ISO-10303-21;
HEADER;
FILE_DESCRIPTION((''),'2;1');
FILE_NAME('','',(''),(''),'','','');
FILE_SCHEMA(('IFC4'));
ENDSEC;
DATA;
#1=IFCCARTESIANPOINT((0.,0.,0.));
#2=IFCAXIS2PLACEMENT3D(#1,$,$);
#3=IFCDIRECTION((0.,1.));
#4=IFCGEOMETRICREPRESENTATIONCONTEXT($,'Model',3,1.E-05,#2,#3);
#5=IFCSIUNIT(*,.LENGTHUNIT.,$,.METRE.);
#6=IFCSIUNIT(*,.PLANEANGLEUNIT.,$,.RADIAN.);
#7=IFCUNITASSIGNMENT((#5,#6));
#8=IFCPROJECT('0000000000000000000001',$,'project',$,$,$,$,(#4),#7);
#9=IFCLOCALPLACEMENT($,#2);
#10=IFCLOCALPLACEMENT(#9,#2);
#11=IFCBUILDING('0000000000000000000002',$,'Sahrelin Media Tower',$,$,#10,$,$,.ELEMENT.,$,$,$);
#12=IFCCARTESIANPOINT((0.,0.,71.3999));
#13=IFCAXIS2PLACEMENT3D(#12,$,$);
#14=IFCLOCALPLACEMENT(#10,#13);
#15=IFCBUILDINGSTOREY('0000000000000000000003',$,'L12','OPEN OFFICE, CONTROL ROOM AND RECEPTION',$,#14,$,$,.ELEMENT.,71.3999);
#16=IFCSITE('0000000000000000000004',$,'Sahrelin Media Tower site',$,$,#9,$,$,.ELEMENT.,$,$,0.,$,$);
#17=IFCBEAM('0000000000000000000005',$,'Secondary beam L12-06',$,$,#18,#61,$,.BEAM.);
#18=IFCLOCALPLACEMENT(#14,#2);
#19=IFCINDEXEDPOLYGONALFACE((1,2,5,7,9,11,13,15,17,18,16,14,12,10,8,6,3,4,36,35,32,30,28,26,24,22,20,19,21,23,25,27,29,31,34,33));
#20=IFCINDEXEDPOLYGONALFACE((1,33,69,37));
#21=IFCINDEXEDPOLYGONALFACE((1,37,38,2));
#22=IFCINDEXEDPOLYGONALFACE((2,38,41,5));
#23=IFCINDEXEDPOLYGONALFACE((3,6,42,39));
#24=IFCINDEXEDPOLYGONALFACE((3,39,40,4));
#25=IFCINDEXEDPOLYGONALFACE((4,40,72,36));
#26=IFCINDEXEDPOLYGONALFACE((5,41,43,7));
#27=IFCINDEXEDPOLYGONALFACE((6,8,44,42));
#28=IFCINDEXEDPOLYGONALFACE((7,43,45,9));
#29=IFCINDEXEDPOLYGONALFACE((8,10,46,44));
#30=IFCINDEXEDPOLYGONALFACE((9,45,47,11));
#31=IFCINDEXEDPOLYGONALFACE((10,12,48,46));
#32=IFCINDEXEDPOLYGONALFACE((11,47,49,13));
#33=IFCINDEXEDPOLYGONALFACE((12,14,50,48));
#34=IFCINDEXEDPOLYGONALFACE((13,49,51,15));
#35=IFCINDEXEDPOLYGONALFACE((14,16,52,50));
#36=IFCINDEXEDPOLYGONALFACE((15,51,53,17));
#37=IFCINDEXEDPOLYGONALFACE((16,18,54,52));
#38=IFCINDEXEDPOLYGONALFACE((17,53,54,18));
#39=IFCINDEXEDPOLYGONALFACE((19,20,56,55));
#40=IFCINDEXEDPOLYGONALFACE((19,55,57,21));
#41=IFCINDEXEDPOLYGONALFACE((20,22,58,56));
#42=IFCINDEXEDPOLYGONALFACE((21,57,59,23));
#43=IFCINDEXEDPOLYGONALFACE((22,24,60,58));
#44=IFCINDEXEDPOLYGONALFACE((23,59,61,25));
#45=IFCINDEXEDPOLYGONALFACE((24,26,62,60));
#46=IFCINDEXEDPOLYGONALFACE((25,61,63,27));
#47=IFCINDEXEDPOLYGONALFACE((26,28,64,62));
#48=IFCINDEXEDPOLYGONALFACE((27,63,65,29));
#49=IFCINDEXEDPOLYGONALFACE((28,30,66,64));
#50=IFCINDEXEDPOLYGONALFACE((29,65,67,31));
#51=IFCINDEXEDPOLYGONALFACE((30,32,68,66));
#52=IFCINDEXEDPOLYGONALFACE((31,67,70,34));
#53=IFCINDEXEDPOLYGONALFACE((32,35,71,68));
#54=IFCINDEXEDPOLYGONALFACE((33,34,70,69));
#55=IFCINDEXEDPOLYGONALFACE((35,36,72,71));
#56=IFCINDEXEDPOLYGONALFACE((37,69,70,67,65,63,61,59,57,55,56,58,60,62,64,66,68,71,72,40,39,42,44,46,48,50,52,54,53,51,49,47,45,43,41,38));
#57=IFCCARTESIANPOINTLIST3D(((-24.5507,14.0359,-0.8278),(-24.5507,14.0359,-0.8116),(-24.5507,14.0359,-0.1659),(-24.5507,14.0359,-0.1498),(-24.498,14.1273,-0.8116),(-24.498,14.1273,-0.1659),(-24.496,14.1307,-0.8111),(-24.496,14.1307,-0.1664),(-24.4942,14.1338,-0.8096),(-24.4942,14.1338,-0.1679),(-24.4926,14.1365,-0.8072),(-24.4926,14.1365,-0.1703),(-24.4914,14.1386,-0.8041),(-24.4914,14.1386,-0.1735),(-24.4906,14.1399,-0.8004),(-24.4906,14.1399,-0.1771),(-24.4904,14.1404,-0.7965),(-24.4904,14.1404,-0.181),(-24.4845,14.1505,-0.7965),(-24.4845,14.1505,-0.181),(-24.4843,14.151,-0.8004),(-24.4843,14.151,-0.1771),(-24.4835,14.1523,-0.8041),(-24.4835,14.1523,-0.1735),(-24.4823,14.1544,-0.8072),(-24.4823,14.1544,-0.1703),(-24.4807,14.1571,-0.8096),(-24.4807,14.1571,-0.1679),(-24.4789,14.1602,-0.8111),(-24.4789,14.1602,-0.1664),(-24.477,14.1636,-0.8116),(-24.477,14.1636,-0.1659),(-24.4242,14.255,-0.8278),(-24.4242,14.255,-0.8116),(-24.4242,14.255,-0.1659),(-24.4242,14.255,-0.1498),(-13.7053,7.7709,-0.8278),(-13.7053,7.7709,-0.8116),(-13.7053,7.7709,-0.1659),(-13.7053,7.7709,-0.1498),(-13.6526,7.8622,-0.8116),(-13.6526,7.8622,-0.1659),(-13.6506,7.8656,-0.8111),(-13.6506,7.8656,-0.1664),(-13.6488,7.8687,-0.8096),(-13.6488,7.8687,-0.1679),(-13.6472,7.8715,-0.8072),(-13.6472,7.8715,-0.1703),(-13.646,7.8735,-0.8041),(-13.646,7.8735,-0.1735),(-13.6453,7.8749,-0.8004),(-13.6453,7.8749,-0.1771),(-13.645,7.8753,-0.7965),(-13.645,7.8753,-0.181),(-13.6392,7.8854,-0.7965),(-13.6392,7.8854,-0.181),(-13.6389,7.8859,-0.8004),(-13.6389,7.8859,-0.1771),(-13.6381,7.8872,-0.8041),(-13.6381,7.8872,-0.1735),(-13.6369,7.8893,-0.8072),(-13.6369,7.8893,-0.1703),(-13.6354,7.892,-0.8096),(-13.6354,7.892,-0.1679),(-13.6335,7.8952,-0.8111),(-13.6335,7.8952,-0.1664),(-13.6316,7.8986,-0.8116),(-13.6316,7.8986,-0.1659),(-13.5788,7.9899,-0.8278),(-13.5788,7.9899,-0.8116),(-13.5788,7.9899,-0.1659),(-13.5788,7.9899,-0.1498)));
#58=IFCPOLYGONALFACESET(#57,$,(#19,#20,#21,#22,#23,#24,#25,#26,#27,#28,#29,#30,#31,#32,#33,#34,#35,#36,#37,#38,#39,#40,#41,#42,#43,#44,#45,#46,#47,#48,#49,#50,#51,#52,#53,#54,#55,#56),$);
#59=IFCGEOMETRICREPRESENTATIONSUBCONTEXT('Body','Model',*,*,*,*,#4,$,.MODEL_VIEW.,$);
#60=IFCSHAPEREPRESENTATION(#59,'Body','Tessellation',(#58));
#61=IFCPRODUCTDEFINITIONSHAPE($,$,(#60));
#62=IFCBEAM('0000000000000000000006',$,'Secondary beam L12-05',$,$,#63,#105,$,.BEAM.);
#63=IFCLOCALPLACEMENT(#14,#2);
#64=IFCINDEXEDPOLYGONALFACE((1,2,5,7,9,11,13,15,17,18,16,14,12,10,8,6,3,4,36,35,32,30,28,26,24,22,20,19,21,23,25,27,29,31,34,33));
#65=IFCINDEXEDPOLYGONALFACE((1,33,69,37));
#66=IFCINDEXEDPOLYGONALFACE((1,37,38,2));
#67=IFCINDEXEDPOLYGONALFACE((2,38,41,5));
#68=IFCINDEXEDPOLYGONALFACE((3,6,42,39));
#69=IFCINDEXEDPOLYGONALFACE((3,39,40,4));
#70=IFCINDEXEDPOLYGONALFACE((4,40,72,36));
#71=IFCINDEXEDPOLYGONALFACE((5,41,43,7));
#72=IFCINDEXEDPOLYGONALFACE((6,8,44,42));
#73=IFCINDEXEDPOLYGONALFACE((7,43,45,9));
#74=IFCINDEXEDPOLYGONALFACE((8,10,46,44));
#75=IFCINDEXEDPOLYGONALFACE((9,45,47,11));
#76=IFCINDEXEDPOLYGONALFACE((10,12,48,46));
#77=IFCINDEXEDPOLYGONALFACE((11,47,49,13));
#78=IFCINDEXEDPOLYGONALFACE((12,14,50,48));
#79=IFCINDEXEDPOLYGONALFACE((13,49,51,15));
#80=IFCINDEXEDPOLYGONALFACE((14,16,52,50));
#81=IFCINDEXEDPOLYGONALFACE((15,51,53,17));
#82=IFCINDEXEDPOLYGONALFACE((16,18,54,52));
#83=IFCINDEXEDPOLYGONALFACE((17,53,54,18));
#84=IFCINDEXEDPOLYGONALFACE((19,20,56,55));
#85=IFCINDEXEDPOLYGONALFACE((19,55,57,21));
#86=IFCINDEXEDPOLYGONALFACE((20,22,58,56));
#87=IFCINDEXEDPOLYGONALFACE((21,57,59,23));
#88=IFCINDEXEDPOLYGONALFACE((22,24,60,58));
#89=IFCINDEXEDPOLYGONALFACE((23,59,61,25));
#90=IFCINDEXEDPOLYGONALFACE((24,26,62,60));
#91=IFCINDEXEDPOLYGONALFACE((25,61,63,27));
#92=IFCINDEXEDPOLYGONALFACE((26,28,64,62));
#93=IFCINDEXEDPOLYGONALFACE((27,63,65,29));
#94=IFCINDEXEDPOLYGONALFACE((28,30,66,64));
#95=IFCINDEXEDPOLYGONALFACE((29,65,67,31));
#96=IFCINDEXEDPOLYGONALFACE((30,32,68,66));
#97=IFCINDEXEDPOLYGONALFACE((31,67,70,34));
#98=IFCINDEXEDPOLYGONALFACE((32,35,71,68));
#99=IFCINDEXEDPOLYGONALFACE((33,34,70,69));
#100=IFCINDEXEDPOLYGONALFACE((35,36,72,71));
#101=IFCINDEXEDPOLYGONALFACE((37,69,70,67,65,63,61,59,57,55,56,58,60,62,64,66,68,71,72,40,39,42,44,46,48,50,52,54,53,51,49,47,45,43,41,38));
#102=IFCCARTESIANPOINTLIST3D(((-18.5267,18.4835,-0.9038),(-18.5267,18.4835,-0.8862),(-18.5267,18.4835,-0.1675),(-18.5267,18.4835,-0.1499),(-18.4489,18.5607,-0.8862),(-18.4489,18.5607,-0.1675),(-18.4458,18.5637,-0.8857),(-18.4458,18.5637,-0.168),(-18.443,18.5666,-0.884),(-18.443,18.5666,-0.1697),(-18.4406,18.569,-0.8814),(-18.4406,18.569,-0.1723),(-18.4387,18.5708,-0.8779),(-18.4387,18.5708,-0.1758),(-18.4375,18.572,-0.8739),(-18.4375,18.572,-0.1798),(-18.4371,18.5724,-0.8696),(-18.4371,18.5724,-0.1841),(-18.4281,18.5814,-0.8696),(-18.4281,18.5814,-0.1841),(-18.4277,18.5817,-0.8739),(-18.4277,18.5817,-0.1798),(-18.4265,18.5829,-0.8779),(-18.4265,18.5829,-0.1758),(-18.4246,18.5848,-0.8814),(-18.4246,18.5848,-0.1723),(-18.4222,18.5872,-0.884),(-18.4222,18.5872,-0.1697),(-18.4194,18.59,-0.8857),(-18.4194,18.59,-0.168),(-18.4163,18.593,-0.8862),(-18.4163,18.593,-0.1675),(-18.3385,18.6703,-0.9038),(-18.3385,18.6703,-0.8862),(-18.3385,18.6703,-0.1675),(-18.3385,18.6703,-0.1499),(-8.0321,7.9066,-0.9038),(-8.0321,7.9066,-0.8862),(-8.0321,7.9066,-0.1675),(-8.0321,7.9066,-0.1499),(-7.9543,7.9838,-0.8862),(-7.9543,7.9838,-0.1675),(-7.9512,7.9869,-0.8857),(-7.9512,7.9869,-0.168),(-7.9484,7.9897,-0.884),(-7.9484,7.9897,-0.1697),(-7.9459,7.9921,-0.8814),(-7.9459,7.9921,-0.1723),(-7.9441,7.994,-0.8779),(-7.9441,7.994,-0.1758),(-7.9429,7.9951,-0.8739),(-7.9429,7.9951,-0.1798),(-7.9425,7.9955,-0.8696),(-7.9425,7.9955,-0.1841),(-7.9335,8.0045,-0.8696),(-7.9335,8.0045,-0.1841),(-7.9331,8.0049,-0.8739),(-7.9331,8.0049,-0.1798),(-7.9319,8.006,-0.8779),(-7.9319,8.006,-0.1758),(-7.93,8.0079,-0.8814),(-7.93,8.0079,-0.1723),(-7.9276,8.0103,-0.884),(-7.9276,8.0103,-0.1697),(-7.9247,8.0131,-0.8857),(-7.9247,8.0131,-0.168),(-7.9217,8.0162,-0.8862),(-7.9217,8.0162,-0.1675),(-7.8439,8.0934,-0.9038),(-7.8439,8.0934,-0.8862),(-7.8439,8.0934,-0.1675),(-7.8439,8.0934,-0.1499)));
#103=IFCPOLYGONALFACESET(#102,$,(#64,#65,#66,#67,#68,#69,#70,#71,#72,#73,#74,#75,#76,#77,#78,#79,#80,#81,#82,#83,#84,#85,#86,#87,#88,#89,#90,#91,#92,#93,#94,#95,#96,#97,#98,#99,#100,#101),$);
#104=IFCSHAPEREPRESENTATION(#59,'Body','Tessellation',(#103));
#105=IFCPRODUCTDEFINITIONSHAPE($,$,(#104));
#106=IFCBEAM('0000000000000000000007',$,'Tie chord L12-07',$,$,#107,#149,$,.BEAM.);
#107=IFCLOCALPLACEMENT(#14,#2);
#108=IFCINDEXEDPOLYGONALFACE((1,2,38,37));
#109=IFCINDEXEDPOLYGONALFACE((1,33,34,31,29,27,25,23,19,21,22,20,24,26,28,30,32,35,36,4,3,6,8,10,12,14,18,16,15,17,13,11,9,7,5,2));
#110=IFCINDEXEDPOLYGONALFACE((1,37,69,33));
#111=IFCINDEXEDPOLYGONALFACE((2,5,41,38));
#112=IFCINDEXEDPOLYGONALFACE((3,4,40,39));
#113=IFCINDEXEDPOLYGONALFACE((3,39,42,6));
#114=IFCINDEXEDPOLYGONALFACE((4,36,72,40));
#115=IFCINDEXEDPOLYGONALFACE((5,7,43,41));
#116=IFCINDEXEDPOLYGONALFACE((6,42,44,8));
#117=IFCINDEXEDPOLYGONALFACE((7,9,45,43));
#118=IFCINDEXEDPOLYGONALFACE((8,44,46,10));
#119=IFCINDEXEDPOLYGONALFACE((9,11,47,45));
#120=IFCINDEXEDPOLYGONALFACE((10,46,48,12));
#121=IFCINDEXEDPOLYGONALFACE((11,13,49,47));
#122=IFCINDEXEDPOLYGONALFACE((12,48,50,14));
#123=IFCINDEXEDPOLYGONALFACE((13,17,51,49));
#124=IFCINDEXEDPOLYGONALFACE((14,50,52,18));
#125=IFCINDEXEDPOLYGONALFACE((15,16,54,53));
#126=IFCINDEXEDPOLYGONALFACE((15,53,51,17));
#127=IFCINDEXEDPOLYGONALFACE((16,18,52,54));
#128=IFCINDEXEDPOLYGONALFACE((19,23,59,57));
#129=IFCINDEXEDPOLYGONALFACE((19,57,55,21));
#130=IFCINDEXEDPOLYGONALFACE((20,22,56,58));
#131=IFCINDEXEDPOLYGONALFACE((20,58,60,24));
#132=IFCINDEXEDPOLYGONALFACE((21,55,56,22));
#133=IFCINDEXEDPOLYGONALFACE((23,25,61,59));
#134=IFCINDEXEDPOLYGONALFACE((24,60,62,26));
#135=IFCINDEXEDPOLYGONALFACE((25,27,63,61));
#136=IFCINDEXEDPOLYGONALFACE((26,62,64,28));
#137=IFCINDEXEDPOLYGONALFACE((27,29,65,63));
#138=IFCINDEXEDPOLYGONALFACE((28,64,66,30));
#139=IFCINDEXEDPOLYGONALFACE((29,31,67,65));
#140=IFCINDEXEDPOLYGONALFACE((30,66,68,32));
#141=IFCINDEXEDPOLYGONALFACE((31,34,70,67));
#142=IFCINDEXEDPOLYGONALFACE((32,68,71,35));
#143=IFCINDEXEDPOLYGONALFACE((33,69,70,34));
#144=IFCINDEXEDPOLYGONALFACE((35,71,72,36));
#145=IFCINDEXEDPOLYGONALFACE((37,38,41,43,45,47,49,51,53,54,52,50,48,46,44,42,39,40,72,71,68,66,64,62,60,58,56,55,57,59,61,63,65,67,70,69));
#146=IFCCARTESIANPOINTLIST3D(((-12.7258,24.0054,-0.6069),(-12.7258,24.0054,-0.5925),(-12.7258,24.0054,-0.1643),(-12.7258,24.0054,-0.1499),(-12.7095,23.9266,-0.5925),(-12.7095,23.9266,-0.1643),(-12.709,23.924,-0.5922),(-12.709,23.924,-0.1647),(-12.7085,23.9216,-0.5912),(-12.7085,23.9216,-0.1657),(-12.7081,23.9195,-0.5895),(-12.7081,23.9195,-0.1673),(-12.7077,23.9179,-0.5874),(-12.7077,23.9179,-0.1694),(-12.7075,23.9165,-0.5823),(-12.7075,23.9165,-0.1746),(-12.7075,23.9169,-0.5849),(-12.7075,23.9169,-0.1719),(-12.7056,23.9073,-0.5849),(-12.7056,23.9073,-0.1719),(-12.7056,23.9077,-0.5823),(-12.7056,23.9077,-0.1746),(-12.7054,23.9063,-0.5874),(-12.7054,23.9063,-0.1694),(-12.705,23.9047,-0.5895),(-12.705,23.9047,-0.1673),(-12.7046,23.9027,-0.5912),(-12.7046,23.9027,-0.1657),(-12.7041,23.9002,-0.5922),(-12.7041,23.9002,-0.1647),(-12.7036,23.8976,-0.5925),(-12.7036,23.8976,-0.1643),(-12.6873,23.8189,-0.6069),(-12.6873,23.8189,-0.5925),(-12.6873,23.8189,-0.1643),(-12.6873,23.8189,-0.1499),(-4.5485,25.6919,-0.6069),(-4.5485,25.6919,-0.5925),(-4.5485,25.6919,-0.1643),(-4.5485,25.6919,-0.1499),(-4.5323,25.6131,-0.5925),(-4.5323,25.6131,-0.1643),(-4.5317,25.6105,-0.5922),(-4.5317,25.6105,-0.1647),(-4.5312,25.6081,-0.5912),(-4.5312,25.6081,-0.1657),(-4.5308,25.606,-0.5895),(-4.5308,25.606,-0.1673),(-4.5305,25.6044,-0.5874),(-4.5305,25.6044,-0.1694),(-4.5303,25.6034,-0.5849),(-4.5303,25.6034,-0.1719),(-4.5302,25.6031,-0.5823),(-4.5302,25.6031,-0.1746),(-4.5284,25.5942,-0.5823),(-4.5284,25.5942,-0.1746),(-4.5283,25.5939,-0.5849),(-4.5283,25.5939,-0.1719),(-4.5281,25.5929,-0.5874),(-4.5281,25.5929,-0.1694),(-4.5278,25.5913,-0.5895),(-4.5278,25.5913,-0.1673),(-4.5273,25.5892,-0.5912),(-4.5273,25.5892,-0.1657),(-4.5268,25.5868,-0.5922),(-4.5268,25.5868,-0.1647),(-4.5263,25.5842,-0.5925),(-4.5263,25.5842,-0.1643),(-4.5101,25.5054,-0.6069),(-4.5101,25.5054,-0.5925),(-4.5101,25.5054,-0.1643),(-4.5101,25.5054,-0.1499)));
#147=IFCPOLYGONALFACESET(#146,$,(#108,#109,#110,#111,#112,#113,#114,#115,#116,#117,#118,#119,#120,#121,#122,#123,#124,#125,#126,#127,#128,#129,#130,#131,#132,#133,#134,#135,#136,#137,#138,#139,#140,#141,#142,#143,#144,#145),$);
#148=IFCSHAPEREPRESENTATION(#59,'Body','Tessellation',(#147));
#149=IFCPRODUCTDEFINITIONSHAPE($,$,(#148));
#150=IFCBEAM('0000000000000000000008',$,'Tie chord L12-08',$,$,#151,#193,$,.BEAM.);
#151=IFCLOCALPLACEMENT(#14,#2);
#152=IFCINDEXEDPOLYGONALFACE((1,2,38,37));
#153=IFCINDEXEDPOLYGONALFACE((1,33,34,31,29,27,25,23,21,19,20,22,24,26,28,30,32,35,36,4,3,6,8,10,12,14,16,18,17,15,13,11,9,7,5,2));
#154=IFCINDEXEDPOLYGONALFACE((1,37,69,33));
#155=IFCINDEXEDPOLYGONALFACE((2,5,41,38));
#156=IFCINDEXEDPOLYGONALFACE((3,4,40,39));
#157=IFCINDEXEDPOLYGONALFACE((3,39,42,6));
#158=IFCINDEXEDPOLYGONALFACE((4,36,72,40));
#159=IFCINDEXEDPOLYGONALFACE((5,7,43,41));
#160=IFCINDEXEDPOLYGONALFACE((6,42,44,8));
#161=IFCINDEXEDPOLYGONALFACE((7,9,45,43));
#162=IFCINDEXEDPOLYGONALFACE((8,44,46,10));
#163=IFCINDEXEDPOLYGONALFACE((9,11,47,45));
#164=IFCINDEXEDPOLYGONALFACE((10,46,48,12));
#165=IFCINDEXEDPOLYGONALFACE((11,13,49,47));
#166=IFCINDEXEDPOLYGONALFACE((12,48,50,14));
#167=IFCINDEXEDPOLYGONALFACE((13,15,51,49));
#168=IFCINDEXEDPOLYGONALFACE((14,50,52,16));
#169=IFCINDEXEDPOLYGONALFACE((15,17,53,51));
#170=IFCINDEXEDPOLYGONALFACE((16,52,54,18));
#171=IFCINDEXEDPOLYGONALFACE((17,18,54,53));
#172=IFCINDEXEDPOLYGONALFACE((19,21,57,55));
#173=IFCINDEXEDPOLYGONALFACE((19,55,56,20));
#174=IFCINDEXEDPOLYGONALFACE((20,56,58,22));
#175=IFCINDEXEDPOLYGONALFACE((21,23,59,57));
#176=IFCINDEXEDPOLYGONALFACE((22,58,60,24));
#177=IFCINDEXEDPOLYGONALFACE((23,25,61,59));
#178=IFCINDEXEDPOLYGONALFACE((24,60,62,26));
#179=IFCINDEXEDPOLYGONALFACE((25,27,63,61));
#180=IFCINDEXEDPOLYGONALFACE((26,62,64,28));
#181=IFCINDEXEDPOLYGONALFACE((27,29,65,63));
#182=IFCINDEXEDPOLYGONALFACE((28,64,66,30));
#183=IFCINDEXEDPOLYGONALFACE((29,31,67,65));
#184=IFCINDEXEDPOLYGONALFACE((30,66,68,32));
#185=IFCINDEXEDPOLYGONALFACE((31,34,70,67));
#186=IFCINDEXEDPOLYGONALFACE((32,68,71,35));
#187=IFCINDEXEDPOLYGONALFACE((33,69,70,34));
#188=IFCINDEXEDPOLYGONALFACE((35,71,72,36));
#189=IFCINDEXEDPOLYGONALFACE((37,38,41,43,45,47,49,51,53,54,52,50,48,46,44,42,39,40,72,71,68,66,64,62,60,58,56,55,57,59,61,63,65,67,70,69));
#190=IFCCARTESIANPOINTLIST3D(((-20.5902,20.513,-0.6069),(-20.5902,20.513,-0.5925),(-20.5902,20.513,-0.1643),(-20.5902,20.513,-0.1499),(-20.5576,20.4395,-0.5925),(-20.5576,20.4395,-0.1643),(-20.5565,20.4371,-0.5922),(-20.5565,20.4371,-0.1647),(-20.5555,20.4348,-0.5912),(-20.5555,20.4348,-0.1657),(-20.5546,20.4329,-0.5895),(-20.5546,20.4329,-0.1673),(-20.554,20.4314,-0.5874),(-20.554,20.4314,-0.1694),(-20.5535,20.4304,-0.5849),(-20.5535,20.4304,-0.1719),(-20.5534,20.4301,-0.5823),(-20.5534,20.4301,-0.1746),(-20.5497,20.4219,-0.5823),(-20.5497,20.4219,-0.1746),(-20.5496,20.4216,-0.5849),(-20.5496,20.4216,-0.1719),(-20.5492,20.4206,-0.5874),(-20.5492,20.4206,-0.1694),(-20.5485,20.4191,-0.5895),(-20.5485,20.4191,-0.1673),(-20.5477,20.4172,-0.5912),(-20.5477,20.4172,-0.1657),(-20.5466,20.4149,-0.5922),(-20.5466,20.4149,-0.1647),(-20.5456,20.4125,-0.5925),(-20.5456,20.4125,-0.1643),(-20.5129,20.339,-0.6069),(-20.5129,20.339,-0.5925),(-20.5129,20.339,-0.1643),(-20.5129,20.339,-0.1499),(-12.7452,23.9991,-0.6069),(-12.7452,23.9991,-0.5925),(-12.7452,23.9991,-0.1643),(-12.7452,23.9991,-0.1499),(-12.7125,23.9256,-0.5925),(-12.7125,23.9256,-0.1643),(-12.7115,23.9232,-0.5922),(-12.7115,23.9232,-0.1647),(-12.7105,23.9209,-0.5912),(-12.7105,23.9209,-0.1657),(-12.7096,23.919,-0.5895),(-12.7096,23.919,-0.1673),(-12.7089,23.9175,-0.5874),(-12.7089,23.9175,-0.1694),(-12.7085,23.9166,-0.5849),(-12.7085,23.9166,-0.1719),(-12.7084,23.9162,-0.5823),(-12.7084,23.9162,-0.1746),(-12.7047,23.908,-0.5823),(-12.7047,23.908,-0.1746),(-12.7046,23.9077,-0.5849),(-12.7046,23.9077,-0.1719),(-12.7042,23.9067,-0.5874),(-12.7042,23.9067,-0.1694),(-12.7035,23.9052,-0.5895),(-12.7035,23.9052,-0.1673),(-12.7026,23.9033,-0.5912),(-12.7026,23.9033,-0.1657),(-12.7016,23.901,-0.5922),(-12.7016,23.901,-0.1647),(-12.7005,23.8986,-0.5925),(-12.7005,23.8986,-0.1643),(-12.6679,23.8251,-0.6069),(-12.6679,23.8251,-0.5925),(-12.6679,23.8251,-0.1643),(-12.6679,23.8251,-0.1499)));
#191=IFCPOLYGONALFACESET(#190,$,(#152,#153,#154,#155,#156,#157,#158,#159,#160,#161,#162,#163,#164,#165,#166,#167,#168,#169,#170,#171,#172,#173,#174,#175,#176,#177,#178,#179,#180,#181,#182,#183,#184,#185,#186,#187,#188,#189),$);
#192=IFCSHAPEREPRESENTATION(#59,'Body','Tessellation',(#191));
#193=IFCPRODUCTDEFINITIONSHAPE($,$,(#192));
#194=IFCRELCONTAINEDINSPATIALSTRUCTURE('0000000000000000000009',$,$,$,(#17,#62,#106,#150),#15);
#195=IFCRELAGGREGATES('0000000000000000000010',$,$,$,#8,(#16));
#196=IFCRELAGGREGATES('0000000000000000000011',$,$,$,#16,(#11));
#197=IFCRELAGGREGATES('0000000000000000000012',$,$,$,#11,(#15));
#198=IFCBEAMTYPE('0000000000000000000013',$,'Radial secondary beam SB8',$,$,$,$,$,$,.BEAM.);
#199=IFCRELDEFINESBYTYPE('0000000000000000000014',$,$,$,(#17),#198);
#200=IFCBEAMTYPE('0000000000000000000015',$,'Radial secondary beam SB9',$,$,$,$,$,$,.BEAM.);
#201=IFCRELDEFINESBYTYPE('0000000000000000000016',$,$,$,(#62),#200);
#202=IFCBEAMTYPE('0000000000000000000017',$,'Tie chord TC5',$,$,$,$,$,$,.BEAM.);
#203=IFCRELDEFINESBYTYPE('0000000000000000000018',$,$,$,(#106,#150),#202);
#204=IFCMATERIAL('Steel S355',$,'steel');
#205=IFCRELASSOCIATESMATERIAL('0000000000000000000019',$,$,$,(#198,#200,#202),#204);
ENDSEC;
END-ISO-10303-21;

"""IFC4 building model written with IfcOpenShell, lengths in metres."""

from ifc_helpers import new_model, si_unit, direction, frame, origin, origin_2d, place, context, subcontext, project, spatial, i_section, extrude, material, material_profile, profile_set, type_object, element, save


model = new_model("IFC4")

# Units and contexts
model_context = context("Model", 3, precision=1e-05, world=origin(), true_north=direction((0.0, 1.0)))
body_context = subcontext(model_context, "Body", "Model", "MODEL_VIEW")
ifc_project = project(units=[si_unit("LENGTHUNIT", "METRE"), si_unit("PLANEANGLEUNIT", "RADIAN")], contexts=[model_context])

# Site, building, storey
site_placement = place(None, origin())
site = spatial("IfcSite", under=ifc_project, at=site_placement, Name="Sahrelin Media Tower site", CompositionType="ELEMENT", RefElevation=0.0)
building_placement = place(site_placement, origin())
building = spatial("IfcBuilding", under=site, at=building_placement, Name="Sahrelin Media Tower", CompositionType="ELEMENT")
storey_placement = place(building_placement, frame((0.0, 0.0, 71.3999)))
storey = spatial("IfcBuildingStorey", under=building, at=storey_placement, Name="L12", Description="OPEN OFFICE, CONTROL ROOM AND RECEPTION", CompositionType="ELEMENT", Elevation=71.3999)

# Shared definitions
ifc_material_1 = material(Name="Steel S355", Category="steel")

# Beams
ifc_material_profile_1 = material_profile(ifc_material_1, i_section(OverallWidth=0.2529, OverallDepth=0.678, WebThickness=0.0117, FlangeThickness=0.0161, FilletRadius=0.0151, at=origin_2d()), Name="UB 686x254x125")
ifc_profile_set_1 = profile_set([ifc_material_profile_1], Name="Steel S355")
beam_type_1 = type_object("IfcBeamType", Name="Radial secondary beam SB8", PredefinedType="BEAM", material=ifc_profile_set_1)
beam_1_placement = place(storey_placement, frame((-13.6421, 7.8804, -0.4888), z_axis=(-0.865904, 0.50021, 0.0), x_axis=(-0.50021, -0.865904, 0.0)))
element("IfcBeam", 1, at=beam_1_placement, inside=storey, type_object=beam_type_1, Name="Secondary beam L12-06", PredefinedType="BEAM", context=body_context, shape_type="SweptSolid", body=[
    extrude(i_section(OverallWidth=0.2529, OverallDepth=0.678, WebThickness=0.0117, FlangeThickness=0.0161, FilletRadius=0.0151, at=origin_2d()), origin(), (0.0, 0.0, 1.0), 12.5249),
])
ifc_material_profile_2 = material_profile(ifc_material_1, i_section(OverallWidth=0.2651, OverallDepth=0.7539, WebThickness=0.0127, FlangeThickness=0.0176, FilletRadius=0.0166, at=origin_2d()), Name="UB 762x267x147")
ifc_profile_set_2 = profile_set([ifc_material_profile_2], Name="Steel S355")
beam_type_2 = type_object("IfcBeamType", Name="Radial secondary beam SB9", PredefinedType="BEAM", material=ifc_profile_set_2)
beam_2_placement = place(storey_placement, frame((-7.938, 8.0, -0.5269), z_axis=(-0.70434, 0.709862, 0.0), x_axis=(-0.709862, -0.70434, 0.0)))
element("IfcBeam", 2, at=beam_2_placement, inside=storey, type_object=beam_type_2, Name="Secondary beam L12-05", PredefinedType="BEAM", context=body_context, shape_type="SweptSolid", body=[
    extrude(i_section(OverallWidth=0.2651, OverallDepth=0.7539, WebThickness=0.0127, FlangeThickness=0.0176, FilletRadius=0.0166, at=origin_2d()), origin(), (0.0, 0.0, 1.0), 14.8999),
])
ifc_material_profile_3 = material_profile(ifc_material_1, i_section(OverallWidth=0.1904, OverallDepth=0.457, WebThickness=0.009, FlangeThickness=0.0144, FilletRadius=0.0103, at=origin_2d()), Name="UB 457x191x74")
ifc_profile_set_3 = profile_set([ifc_material_profile_3], Name="Steel S355")
beam_type_3 = type_object("IfcBeamType", Name="Tie chord TC5", PredefinedType="BEAM", material=ifc_profile_set_3)
beam_3_placement = place(storey_placement, frame((-4.5293, 25.5986, -0.3784), z_axis=(-0.979387, -0.201994, 0.0), x_axis=(0.201994, -0.979387, 0.0)))
element("IfcBeam", 3, at=beam_3_placement, inside=storey, type_object=beam_type_3, Name="Tie chord L12-07", PredefinedType="BEAM", context=body_context, shape_type="SweptSolid", body=[
    extrude(i_section(OverallWidth=0.1904, OverallDepth=0.457, WebThickness=0.009, FlangeThickness=0.0144, FilletRadius=0.0103, at=origin_2d()), origin(), (0.0, 0.0, 1.0), 8.3494),
])
beam_4_placement = place(storey_placement, frame((-12.7065, 23.9121, -0.3784), z_axis=(-0.913836, -0.406083, 0.0), x_axis=(0.406083, -0.913836, 0.0)))
element("IfcBeam", 4, at=beam_4_placement, inside=storey, type_object=beam_type_3, Name="Tie chord L12-08", PredefinedType="BEAM", context=body_context, shape_type="SweptSolid", body=[
    extrude(i_section(OverallWidth=0.1904, OverallDepth=0.457, WebThickness=0.009, FlangeThickness=0.0144, FilletRadius=0.0103, at=origin_2d()), origin(), (0.0, 0.0, 1.0), 8.5847),
])

save(model, "model.ifc")
